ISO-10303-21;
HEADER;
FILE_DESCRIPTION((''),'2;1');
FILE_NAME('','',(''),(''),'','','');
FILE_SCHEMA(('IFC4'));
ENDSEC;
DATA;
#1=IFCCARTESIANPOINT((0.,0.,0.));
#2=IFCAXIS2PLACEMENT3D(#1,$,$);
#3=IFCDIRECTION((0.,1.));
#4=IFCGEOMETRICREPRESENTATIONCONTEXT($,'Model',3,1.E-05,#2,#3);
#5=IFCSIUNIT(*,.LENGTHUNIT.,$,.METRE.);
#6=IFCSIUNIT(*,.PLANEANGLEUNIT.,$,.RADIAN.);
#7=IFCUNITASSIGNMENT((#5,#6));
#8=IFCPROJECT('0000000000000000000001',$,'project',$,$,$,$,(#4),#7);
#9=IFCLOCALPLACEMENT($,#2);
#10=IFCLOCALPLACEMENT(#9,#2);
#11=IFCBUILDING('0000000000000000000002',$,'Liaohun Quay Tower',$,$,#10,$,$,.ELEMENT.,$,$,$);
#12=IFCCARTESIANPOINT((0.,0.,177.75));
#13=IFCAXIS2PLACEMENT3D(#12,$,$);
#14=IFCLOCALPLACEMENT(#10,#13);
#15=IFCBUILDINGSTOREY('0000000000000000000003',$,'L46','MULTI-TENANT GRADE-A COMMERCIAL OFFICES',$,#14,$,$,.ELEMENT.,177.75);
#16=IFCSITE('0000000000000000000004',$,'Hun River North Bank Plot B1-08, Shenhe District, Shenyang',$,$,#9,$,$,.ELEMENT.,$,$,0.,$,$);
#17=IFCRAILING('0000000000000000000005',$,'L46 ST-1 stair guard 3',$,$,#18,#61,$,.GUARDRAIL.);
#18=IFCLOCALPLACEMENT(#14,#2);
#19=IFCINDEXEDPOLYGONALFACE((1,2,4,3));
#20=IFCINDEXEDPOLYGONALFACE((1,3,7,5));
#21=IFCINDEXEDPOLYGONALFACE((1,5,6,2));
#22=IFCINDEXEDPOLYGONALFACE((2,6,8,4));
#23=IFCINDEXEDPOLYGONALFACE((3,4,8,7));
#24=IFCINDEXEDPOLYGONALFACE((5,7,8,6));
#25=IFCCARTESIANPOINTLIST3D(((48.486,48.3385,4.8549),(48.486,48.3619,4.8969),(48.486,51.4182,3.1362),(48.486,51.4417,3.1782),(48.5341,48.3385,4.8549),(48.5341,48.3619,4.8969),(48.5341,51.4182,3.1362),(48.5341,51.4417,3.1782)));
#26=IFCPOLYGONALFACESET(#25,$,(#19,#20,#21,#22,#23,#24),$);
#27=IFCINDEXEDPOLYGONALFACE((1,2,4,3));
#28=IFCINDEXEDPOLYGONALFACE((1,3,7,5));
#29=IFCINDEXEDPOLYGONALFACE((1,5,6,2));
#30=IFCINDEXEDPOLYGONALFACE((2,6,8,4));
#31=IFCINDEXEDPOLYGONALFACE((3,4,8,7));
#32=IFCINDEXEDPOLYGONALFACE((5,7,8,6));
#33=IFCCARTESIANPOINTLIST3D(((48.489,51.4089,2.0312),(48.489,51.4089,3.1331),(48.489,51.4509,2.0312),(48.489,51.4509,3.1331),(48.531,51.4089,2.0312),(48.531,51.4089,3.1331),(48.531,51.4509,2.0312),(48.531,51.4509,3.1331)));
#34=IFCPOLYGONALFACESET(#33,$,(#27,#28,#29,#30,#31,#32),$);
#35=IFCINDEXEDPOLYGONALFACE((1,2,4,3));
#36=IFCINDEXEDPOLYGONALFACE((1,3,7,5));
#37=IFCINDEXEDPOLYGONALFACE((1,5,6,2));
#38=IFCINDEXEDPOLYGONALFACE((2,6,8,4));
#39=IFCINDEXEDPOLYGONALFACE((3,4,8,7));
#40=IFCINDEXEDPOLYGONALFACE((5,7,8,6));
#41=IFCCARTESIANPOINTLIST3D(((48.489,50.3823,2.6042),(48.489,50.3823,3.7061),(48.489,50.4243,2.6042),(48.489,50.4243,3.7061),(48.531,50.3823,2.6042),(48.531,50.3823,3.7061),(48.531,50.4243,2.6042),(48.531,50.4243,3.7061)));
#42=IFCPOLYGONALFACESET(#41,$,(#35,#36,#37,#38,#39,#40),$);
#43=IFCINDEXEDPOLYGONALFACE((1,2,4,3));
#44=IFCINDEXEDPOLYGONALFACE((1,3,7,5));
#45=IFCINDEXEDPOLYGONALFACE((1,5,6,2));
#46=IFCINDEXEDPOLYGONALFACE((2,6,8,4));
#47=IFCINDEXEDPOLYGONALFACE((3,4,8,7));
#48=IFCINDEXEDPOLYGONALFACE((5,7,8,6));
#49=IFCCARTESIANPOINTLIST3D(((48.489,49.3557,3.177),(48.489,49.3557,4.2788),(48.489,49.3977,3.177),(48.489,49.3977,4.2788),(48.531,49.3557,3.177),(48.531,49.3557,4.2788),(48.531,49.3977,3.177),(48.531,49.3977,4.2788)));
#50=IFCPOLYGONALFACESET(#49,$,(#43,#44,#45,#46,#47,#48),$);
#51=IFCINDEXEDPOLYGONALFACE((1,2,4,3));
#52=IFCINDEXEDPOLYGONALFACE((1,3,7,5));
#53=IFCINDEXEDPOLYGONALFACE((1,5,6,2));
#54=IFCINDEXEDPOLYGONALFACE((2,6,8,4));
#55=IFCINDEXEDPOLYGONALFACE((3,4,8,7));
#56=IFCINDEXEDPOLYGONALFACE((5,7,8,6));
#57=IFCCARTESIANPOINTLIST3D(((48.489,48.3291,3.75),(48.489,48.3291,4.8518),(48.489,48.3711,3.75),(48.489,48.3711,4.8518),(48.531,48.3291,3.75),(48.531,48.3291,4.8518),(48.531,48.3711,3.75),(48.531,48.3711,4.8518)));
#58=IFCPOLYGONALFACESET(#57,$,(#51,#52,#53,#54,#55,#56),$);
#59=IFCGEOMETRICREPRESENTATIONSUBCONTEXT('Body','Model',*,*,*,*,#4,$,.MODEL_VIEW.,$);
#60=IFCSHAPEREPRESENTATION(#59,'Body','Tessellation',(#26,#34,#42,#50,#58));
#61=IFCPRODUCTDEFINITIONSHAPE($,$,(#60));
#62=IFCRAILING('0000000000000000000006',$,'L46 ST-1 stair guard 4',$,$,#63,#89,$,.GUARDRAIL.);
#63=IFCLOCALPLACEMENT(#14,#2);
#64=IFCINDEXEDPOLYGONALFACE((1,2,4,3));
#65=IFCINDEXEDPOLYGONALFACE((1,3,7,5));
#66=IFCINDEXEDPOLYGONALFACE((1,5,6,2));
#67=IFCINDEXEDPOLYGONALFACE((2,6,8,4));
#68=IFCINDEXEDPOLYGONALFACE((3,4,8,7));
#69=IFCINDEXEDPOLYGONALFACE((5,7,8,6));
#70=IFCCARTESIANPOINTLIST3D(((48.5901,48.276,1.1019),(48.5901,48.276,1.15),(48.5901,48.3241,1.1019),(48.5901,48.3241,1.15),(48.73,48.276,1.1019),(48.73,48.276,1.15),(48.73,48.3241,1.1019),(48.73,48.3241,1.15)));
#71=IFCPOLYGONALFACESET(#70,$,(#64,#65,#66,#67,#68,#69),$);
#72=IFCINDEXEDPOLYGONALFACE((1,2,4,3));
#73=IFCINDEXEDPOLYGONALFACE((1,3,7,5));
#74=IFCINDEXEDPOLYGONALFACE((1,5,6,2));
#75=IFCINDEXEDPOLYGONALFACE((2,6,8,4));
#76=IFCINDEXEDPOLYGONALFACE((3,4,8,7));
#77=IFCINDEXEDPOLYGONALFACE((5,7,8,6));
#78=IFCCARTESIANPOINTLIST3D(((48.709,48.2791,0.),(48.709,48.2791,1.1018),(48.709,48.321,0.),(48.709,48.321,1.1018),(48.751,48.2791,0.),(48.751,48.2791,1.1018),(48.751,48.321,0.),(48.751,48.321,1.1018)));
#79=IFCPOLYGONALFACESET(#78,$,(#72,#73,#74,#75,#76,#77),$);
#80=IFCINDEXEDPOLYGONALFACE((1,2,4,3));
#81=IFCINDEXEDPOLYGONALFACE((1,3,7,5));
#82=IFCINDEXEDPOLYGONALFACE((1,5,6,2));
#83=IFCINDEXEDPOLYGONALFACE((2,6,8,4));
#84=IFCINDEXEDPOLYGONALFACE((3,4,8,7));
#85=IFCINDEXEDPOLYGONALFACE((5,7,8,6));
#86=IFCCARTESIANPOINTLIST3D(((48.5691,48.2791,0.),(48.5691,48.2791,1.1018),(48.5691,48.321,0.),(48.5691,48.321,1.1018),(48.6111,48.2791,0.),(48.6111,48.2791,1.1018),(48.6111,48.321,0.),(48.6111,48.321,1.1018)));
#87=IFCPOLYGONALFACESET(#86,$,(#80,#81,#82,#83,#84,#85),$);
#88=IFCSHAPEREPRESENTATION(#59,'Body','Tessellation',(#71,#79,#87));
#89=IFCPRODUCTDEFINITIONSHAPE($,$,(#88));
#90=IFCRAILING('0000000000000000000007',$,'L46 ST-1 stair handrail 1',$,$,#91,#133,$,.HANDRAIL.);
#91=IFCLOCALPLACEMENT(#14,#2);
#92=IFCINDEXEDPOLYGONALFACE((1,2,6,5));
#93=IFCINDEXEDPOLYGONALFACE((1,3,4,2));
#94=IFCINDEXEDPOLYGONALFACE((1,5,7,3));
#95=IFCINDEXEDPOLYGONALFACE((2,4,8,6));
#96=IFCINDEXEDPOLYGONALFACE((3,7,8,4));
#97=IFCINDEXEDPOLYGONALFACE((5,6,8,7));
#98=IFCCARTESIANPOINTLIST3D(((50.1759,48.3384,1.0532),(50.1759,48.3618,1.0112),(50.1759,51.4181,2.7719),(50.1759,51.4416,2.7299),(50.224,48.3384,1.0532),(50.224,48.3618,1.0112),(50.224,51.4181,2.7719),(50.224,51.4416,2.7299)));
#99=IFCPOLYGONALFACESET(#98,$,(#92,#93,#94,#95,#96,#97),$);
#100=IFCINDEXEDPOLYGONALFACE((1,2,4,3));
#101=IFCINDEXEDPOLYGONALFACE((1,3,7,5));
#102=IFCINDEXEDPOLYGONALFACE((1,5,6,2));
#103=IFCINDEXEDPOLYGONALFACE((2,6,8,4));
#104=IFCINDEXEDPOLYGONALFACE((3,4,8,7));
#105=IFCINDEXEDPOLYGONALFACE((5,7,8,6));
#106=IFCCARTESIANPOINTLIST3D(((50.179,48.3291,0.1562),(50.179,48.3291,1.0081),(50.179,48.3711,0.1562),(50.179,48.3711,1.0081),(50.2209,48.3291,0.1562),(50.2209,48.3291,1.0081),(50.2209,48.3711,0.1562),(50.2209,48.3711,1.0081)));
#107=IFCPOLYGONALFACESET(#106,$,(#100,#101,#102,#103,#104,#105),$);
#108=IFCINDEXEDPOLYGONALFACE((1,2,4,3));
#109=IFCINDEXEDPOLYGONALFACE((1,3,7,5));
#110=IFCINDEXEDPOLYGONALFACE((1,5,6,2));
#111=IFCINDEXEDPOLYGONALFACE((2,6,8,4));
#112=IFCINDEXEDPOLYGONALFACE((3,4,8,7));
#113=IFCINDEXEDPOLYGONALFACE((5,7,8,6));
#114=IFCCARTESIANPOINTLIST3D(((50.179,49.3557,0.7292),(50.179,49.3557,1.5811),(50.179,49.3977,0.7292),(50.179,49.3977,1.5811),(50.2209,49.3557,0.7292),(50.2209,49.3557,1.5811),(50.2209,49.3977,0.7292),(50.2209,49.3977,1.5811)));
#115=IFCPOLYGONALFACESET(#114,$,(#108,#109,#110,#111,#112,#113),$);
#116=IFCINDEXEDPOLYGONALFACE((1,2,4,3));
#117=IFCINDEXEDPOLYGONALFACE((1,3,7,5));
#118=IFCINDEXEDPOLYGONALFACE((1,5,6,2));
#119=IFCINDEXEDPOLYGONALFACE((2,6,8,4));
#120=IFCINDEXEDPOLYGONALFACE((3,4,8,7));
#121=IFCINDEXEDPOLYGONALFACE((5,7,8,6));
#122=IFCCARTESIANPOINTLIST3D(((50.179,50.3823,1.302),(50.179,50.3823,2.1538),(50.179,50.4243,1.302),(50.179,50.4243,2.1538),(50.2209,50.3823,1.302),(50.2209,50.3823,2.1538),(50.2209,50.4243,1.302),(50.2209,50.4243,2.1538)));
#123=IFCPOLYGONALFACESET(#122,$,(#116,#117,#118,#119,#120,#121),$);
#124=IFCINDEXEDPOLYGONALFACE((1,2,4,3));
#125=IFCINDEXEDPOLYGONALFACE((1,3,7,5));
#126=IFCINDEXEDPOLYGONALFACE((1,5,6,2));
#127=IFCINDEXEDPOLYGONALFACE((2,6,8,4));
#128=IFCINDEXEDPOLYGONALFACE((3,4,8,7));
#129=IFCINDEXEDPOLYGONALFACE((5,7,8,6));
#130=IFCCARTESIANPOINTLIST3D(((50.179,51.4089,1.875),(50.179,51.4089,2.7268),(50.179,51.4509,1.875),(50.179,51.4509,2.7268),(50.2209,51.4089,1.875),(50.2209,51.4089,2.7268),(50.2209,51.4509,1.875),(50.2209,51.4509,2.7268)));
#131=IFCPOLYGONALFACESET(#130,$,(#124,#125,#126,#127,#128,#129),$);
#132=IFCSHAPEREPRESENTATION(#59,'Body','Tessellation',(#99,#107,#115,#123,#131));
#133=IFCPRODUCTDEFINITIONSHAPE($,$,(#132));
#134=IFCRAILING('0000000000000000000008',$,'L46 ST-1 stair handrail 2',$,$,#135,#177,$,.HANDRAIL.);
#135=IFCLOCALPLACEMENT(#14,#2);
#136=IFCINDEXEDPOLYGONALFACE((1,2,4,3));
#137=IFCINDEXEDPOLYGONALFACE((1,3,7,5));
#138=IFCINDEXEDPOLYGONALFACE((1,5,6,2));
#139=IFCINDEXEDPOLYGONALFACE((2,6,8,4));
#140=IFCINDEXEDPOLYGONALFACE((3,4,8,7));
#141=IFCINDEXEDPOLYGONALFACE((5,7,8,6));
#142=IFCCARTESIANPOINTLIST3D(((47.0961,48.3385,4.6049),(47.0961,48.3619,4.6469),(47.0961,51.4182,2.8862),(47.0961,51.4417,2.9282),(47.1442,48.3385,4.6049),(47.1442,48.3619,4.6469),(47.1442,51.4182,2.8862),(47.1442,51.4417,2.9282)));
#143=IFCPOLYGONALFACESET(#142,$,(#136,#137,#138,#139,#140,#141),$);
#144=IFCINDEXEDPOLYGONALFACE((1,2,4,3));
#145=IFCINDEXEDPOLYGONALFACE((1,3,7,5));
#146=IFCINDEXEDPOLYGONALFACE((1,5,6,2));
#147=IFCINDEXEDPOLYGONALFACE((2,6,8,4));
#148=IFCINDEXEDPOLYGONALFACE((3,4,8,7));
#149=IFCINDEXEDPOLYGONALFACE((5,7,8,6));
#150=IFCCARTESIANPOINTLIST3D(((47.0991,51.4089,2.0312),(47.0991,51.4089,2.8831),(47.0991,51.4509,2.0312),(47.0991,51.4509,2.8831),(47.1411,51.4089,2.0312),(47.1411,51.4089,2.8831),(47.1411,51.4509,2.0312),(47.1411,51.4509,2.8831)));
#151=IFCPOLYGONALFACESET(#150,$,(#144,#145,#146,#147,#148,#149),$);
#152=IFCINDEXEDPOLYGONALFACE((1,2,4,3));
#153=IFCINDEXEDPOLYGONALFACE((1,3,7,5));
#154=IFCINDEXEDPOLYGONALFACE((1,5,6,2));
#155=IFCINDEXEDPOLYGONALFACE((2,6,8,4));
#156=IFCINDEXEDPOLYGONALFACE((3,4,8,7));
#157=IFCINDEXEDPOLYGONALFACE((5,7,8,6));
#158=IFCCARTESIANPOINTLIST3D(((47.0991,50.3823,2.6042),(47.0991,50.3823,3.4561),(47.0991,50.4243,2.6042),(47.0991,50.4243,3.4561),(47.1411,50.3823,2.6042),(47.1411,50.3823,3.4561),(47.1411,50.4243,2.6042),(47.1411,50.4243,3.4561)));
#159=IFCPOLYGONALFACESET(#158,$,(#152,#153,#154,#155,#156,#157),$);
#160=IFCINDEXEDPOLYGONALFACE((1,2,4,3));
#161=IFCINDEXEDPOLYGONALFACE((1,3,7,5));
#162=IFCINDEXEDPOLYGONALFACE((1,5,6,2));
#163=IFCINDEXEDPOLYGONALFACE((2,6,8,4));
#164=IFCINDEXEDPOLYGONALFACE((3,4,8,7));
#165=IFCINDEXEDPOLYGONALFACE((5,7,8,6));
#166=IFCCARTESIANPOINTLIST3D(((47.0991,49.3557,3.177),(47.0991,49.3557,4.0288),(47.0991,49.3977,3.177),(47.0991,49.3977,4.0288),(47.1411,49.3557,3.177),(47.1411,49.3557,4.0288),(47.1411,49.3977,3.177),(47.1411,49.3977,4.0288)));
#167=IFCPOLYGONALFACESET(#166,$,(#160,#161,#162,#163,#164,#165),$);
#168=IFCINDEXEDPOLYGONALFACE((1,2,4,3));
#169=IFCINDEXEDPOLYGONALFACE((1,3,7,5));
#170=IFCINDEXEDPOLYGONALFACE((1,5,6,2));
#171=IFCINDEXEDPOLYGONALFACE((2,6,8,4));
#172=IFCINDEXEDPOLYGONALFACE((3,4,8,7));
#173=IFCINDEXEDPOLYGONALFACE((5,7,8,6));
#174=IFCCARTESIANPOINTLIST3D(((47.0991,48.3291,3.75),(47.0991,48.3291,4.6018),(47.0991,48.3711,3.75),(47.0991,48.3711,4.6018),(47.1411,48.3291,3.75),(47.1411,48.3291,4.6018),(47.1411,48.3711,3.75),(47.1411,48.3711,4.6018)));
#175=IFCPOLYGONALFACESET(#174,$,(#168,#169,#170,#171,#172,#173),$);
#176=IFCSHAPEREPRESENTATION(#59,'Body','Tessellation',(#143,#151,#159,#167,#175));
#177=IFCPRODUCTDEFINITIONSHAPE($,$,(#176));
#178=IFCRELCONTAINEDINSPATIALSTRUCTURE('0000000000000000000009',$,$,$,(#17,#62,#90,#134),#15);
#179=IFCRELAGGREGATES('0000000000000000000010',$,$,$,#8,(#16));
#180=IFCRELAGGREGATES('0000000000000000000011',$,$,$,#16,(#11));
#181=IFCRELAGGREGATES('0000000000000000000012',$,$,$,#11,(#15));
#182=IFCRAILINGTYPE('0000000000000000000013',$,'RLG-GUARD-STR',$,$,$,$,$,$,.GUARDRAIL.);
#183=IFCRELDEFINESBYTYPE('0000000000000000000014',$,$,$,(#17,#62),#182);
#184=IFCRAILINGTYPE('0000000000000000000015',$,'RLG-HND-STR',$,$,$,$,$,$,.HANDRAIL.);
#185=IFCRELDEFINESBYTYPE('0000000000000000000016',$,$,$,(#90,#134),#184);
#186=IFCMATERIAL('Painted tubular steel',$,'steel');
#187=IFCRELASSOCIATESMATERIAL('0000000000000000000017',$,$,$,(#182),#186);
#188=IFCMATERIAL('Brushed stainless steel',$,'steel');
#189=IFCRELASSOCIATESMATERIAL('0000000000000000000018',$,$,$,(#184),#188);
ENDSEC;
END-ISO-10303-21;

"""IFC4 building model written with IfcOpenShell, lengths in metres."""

from ifc_helpers import new_model, si_unit, direction, frame, origin, origin_2d, place, context, subcontext, project, spatial, rectangle, extrude, material, type_object, element, save


model = new_model("IFC4")

# Units and contexts
model_context = context("Model", 3, precision=1e-05, world=origin(), true_north=direction((0.0, 1.0)))
body_context = subcontext(model_context, "Body", "Model", "MODEL_VIEW")
ifc_project = project(units=[si_unit("LENGTHUNIT", "METRE"), si_unit("PLANEANGLEUNIT", "RADIAN")], contexts=[model_context])

# Site, building, storey
site_placement = place(None, origin())
site = spatial("IfcSite", under=ifc_project, at=site_placement, Name="Hun River North Bank Plot B1-08, Shenhe District, Shenyang", CompositionType="ELEMENT", RefElevation=0.0)
building_placement = place(site_placement, origin())
building = spatial("IfcBuilding", under=site, at=building_placement, Name="Liaohun Quay Tower", CompositionType="ELEMENT")
storey_placement = place(building_placement, frame((0.0, 0.0, 177.75)))
storey = spatial("IfcBuildingStorey", under=building, at=storey_placement, Name="L46", Description="MULTI-TENANT GRADE-A COMMERCIAL OFFICES", CompositionType="ELEMENT", Elevation=177.75)

# Railings
ifc_material_1 = material(Name="Painted tubular steel", Category="steel")
railing_type_1 = type_object("IfcRailingType", Name="RLG-GUARD-STR", PredefinedType="GUARDRAIL", material=ifc_material_1)
railing_1_placement = place(storey_placement, frame((48.51, 51.4299, 2.0312)))
element("IfcRailing", 1, at=railing_1_placement, inside=storey, type_object=railing_type_1, Name="L46 ST-1 stair guard 3", PredefinedType="GUARDRAIL", context=body_context, shape_type="SweptSolid", body=[
    extrude(rectangle(XDim=0.0481, YDim=0.0481, at=origin_2d()), frame((0.0, 0.0, 1.126), z_axis=(0.0, -0.873225, 0.487317), x_axis=(1.0, 0.0, 0.0)), (0.0, 0.0, 1.0), 3.5269),
    extrude(rectangle(XDim=0.042, YDim=0.042, at=origin_2d()), origin(), (0.0, 0.0, 1.0), 1.1018),
    extrude(rectangle(XDim=0.042, YDim=0.042, at=origin_2d()), frame((0.0, -1.0266, 0.573)), (0.0, 0.0, 1.0), 1.1018),
    extrude(rectangle(XDim=0.042, YDim=0.042, at=origin_2d()), frame((0.0, -2.0532, 1.1458)), (0.0, 0.0, 1.0), 1.1018),
    extrude(rectangle(XDim=0.042, YDim=0.042, at=origin_2d()), frame((0.0, -3.0798, 1.7188)), (0.0, 0.0, 1.0), 1.1018),
])
railing_2_placement = place(storey_placement, frame((48.73, 48.3, 0.0)))
element("IfcRailing", 2, at=railing_2_placement, inside=storey, type_object=railing_type_1, Name="L46 ST-1 stair guard 4", PredefinedType="GUARDRAIL", context=body_context, shape_type="SweptSolid", body=[
    extrude(rectangle(XDim=0.0481, YDim=0.0481, at=origin_2d()), frame((0.0, 0.0, 1.126), z_axis=(-1.0, 0.0, 0.0), x_axis=(0.0, -1.0, 0.0)), (0.0, 0.0, 1.0), 0.1399),
    extrude(rectangle(XDim=0.042, YDim=0.042, at=origin_2d()), origin(), (0.0, 0.0, 1.0), 1.1018),
    extrude(rectangle(XDim=0.042, YDim=0.042, at=origin_2d()), frame((-0.1399, 0.0, 0.0)), (0.0, 0.0, 1.0), 1.1018),
])
ifc_material_2 = material(Name="Brushed stainless steel", Category="steel")
railing_type_2 = type_object("IfcRailingType", Name="RLG-HND-STR", PredefinedType="HANDRAIL", material=ifc_material_2)
railing_3_placement = place(storey_placement, frame((50.2, 48.3501, 0.1562)))
element("IfcRailing", 3, at=railing_3_placement, inside=storey, type_object=railing_type_2, Name="L46 ST-1 stair handrail 1", PredefinedType="HANDRAIL", context=body_context, shape_type="SweptSolid", body=[
    extrude(rectangle(XDim=0.0481, YDim=0.0481, at=origin_2d()), frame((0.0, 0.0, 0.876), z_axis=(0.0, 0.873225, 0.487317), x_axis=(-1.0, 0.0, 0.0)), (0.0, 0.0, 1.0), 3.5269),
    extrude(rectangle(XDim=0.042, YDim=0.042, at=origin_2d()), origin(), (0.0, 0.0, 1.0), 0.8518),
    extrude(rectangle(XDim=0.042, YDim=0.042, at=origin_2d()), frame((0.0, 1.0266, 0.573)), (0.0, 0.0, 1.0), 0.8518),
    extrude(rectangle(XDim=0.042, YDim=0.042, at=origin_2d()), frame((0.0, 2.0532, 1.1458)), (0.0, 0.0, 1.0), 0.8518),
    extrude(rectangle(XDim=0.042, YDim=0.042, at=origin_2d()), frame((0.0, 3.0798, 1.7188)), (0.0, 0.0, 1.0), 0.8518),
])
railing_4_placement = place(storey_placement, frame((47.1201, 51.4299, 2.0312)))
element("IfcRailing", 4, at=railing_4_placement, inside=storey, type_object=railing_type_2, Name="L46 ST-1 stair handrail 2", PredefinedType="HANDRAIL", context=body_context, shape_type="SweptSolid", body=[
    extrude(rectangle(XDim=0.0481, YDim=0.0481, at=origin_2d()), frame((0.0, 0.0, 0.876), z_axis=(0.0, -0.873225, 0.487317), x_axis=(1.0, 0.0, 0.0)), (0.0, 0.0, 1.0), 3.5269),
    extrude(rectangle(XDim=0.042, YDim=0.042, at=origin_2d()), origin(), (0.0, 0.0, 1.0), 0.8518),
    extrude(rectangle(XDim=0.042, YDim=0.042, at=origin_2d()), frame((0.0, -1.0266, 0.573)), (0.0, 0.0, 1.0), 0.8518),
    extrude(rectangle(XDim=0.042, YDim=0.042, at=origin_2d()), frame((0.0, -2.0532, 1.1458)), (0.0, 0.0, 1.0), 0.8518),
    extrude(rectangle(XDim=0.042, YDim=0.042, at=origin_2d()), frame((0.0, -3.0798, 1.7188)), (0.0, 0.0, 1.0), 0.8518),
])

save(model, "model.ifc")
